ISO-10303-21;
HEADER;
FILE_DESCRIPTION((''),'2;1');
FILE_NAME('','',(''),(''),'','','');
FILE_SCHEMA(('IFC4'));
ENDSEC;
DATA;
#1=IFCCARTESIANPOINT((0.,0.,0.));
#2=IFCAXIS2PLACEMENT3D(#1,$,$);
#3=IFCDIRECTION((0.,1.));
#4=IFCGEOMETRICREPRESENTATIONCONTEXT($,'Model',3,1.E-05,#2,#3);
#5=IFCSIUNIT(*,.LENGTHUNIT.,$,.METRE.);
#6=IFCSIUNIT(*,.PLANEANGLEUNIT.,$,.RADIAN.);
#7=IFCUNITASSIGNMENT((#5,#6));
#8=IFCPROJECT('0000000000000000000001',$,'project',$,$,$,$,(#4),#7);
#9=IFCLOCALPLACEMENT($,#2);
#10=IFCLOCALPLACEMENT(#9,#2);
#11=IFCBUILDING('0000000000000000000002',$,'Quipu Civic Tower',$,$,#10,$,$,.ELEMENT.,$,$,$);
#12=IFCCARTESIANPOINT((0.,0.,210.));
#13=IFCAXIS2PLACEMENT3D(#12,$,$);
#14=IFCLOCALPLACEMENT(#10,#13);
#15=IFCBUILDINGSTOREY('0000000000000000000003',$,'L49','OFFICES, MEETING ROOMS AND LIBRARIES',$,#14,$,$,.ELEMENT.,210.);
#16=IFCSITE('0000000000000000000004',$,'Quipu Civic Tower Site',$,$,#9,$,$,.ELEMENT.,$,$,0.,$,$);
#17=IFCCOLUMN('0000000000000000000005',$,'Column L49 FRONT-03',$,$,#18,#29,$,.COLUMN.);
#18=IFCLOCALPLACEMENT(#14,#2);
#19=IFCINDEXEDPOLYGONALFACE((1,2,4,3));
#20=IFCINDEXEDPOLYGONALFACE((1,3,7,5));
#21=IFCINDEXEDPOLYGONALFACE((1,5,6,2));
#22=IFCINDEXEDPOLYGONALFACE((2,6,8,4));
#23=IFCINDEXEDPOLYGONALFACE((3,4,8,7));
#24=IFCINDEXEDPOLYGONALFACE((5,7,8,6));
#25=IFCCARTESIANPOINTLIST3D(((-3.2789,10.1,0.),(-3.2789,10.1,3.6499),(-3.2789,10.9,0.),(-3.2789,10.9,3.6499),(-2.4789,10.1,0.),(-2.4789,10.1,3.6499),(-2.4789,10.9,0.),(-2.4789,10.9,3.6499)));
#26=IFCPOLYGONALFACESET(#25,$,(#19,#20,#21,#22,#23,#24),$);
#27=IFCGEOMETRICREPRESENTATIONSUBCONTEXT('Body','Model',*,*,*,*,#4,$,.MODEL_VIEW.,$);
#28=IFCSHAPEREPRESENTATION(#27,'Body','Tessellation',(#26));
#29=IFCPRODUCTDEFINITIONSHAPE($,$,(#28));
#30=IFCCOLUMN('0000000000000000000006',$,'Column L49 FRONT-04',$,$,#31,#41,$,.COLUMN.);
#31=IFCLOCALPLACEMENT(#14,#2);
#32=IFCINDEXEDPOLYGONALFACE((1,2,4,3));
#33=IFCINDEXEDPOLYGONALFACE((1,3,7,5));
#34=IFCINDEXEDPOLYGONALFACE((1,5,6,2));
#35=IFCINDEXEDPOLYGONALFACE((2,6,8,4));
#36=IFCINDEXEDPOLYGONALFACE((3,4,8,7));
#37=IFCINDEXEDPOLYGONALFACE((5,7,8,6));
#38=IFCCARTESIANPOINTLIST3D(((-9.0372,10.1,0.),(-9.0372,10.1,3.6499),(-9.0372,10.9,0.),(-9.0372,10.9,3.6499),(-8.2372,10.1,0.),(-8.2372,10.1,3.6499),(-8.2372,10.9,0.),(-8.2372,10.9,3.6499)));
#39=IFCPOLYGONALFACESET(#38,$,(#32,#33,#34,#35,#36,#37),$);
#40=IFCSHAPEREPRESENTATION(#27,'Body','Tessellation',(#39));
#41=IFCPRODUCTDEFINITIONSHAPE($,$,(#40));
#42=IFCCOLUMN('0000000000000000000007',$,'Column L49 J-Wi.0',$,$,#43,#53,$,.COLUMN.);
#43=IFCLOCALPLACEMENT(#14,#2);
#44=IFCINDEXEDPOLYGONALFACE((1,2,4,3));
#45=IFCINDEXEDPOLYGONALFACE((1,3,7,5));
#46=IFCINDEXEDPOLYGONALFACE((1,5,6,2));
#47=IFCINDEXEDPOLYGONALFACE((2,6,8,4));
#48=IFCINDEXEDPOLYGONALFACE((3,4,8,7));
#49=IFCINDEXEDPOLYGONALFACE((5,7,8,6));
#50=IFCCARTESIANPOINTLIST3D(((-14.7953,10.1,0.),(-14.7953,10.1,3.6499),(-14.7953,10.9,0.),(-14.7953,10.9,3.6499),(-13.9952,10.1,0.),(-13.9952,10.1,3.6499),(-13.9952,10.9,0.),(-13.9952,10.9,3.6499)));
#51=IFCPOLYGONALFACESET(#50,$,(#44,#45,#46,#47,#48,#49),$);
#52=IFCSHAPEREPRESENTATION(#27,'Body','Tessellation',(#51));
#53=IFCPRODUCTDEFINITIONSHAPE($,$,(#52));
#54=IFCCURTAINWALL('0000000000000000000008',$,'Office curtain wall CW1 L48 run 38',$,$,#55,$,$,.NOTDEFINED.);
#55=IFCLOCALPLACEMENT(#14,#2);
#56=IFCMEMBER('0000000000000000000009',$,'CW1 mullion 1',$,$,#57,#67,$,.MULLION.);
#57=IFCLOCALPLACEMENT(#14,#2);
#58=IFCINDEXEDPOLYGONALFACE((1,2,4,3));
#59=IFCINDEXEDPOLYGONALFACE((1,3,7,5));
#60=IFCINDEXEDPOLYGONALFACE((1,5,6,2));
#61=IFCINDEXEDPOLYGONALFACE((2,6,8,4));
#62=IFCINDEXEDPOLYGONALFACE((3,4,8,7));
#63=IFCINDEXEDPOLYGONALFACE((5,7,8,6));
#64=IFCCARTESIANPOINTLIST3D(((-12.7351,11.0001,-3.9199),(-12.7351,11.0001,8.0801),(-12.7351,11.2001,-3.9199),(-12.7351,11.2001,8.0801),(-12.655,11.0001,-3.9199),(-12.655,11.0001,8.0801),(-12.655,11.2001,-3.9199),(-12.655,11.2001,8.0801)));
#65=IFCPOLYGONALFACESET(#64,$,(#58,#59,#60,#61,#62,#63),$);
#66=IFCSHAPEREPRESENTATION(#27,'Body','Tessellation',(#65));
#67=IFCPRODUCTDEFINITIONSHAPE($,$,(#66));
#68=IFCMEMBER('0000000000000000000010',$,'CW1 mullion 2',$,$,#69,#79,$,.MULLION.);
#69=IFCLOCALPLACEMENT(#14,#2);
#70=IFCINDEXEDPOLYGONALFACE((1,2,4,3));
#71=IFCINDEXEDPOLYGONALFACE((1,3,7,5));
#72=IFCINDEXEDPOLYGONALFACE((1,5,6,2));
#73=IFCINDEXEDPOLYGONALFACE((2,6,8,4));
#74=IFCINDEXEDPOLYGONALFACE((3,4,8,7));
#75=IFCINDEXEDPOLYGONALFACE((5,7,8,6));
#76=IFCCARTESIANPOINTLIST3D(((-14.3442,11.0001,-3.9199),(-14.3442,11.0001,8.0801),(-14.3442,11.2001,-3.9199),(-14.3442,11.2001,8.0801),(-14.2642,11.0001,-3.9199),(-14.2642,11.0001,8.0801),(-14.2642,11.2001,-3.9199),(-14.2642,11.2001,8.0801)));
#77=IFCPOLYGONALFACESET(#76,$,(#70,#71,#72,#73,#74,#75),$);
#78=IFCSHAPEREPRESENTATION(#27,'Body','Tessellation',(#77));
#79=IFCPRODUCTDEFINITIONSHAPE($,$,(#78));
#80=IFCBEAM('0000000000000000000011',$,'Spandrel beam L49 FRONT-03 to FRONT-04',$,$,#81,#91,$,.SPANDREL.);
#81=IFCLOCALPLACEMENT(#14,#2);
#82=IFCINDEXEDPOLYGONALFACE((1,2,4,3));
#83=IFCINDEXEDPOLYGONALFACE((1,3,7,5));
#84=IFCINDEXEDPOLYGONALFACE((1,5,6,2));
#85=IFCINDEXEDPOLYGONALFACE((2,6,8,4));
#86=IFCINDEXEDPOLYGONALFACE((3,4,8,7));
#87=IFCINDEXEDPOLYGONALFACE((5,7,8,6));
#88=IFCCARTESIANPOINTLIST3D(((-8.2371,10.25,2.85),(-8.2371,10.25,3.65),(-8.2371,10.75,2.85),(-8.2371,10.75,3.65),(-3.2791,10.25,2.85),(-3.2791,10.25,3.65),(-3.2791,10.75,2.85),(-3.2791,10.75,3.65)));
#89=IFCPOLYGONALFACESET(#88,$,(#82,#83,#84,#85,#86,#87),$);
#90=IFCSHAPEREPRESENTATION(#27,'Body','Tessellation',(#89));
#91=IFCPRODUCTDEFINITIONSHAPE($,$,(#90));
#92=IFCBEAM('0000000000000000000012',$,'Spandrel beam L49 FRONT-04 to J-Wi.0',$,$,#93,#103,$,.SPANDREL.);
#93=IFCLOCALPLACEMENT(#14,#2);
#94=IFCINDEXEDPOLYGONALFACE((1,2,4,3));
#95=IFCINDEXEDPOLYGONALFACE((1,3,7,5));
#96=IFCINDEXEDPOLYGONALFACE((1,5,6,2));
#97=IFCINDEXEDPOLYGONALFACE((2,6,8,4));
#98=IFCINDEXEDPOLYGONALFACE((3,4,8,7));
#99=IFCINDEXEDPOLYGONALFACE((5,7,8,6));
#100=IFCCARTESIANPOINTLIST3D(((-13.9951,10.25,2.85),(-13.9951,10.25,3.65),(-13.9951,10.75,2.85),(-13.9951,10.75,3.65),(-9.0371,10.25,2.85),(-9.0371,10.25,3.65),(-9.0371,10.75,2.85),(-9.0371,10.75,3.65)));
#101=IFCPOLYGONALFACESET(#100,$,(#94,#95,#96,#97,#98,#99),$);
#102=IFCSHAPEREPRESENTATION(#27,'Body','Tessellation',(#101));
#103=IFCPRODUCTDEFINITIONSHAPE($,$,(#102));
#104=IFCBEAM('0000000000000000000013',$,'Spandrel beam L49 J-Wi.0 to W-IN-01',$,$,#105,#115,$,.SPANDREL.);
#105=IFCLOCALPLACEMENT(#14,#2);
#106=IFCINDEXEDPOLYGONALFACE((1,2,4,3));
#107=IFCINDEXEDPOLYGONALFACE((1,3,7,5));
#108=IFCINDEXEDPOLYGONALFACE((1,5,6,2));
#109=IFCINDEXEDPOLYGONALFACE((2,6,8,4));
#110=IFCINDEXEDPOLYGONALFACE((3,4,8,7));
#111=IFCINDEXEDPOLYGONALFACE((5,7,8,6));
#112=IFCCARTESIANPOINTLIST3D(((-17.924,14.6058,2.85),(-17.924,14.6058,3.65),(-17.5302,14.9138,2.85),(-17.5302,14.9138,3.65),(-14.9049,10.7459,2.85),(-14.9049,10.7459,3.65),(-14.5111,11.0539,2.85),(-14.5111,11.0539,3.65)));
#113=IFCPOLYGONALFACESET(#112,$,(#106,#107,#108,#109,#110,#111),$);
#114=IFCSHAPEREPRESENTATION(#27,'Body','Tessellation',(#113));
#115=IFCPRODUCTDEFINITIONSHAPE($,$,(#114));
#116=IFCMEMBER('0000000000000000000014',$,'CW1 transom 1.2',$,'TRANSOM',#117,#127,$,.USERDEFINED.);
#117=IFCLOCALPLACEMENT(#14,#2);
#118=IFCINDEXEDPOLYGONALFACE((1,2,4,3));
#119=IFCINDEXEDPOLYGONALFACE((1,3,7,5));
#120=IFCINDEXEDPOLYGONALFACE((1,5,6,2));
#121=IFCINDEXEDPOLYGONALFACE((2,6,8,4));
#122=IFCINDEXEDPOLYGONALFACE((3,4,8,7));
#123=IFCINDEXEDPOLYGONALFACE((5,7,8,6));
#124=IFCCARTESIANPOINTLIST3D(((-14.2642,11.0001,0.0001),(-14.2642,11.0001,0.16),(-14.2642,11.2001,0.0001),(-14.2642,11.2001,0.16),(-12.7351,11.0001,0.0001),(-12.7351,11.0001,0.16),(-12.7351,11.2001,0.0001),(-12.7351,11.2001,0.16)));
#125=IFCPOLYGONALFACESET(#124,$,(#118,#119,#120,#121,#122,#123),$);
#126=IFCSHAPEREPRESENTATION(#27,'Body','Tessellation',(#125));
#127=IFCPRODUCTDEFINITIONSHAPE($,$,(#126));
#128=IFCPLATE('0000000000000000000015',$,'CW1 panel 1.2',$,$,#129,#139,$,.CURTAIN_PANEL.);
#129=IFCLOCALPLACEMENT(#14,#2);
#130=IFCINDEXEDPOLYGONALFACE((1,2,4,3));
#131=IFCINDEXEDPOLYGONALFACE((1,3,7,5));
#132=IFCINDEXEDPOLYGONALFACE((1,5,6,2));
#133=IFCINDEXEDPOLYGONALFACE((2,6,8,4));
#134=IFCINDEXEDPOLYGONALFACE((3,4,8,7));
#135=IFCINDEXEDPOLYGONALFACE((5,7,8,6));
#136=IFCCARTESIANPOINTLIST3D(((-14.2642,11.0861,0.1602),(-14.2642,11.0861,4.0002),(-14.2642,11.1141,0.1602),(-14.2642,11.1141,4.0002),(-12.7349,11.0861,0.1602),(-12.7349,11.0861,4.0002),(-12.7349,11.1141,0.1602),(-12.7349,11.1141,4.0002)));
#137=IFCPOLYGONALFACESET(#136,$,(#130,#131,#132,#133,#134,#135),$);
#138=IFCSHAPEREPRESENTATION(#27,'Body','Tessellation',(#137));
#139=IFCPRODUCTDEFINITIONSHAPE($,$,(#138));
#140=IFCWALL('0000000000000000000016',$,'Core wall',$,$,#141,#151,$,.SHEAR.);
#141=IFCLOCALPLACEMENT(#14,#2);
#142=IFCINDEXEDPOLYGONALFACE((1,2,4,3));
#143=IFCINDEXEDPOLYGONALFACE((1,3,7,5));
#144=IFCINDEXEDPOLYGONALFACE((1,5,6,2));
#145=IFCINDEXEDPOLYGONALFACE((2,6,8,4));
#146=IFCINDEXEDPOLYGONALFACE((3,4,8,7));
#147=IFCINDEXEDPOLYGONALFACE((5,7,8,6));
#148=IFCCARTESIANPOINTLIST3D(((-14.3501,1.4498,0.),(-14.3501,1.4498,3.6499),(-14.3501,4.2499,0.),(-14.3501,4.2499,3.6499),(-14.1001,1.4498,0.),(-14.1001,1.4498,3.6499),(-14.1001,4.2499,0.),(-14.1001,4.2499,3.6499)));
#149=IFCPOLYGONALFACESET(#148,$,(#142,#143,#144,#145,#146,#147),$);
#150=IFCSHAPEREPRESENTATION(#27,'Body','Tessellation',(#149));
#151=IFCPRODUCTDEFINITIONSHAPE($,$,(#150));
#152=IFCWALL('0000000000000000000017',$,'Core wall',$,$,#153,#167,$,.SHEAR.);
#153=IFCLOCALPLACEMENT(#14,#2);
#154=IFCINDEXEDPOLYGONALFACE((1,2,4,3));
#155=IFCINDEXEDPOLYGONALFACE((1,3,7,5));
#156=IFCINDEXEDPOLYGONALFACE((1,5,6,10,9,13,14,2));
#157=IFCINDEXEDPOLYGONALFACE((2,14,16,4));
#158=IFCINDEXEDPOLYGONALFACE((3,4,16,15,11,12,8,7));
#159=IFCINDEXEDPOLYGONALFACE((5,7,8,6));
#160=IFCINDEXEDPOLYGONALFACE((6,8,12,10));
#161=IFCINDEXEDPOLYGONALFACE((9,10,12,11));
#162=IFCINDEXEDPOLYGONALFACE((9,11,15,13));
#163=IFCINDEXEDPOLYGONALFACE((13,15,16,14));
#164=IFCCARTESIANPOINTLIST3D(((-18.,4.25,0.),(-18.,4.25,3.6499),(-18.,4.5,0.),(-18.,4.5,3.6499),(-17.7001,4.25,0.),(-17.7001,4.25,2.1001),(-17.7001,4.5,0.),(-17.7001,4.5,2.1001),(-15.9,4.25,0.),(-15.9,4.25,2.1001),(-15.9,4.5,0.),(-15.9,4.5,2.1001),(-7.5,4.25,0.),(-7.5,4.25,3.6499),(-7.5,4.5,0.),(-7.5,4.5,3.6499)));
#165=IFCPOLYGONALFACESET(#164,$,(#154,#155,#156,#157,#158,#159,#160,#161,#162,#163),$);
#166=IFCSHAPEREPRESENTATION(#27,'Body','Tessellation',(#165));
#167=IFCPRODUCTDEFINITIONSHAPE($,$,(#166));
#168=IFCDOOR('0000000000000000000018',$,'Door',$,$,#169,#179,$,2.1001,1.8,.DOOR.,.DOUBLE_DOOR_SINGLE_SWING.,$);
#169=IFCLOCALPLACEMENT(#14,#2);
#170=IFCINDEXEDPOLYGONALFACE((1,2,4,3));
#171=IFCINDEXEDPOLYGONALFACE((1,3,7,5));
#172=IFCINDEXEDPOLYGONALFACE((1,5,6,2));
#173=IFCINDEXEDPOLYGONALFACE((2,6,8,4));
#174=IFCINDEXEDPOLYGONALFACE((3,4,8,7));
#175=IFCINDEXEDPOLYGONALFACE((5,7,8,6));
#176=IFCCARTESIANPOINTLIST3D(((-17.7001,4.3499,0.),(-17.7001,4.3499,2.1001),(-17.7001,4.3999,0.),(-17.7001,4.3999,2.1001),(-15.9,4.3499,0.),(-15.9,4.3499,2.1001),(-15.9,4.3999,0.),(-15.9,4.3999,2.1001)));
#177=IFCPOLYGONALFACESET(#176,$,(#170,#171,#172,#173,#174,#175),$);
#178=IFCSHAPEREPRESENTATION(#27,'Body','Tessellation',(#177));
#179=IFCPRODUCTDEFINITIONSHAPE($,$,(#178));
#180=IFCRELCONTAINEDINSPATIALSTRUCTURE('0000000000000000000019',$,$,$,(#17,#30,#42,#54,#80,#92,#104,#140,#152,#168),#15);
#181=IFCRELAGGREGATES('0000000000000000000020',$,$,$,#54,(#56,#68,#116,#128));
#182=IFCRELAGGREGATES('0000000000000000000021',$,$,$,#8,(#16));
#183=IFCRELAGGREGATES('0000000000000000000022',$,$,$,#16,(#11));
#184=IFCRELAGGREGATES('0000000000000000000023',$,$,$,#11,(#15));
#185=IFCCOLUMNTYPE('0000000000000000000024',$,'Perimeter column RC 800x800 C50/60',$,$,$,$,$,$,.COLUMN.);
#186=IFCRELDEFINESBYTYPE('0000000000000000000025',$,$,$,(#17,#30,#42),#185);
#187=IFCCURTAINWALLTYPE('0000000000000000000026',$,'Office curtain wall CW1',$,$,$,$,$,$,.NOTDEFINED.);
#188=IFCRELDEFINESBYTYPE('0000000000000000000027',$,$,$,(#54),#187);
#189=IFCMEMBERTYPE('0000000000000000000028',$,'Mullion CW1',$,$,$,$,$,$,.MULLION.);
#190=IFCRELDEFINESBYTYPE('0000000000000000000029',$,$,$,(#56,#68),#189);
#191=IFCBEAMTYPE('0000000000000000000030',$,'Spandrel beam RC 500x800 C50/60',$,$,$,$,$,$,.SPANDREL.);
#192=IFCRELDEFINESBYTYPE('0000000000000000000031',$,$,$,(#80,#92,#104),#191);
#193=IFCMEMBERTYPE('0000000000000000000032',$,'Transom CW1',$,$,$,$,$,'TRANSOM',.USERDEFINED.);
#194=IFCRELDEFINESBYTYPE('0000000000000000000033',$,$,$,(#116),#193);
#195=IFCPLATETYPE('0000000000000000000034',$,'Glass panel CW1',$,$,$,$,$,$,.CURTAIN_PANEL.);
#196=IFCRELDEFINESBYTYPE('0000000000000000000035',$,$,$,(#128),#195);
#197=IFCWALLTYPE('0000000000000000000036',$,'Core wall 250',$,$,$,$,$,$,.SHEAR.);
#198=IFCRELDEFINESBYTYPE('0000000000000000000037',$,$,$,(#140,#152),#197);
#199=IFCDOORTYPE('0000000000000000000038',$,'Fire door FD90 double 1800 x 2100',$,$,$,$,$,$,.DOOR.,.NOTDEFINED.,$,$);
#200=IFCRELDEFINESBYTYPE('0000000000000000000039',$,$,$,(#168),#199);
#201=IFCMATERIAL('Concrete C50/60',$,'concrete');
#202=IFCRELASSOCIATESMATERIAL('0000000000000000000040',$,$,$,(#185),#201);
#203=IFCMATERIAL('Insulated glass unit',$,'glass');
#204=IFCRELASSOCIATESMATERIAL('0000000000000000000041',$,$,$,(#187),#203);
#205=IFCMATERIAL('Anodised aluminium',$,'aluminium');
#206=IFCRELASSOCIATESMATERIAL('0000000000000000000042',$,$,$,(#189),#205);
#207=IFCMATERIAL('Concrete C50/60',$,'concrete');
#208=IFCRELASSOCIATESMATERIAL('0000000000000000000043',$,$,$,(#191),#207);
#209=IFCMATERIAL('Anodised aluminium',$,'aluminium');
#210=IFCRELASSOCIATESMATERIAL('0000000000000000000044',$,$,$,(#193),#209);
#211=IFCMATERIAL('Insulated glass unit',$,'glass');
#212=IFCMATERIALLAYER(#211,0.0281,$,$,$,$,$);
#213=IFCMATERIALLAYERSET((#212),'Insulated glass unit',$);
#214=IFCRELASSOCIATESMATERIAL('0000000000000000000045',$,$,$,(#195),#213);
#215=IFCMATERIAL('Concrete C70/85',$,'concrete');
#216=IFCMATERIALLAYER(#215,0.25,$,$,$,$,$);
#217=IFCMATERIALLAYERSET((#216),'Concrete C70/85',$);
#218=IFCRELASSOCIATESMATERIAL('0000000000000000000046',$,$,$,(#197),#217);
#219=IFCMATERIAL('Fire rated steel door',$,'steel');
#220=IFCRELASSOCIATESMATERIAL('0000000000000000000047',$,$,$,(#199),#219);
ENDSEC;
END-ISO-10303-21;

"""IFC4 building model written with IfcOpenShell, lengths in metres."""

from ifc_helpers import new_model, si_unit, direction, frame, frame_2d, origin, origin_2d, place, context, subcontext, project, spatial, rectangle, extrude, material, layer, layer_set, material_profile, profile_set, type_object, element, fill, aggregate, save


model = new_model("IFC4")

# Units and contexts
model_context = context("Model", 3, precision=1e-05, world=origin(), true_north=direction((0.0, 1.0)))
body_context = subcontext(model_context, "Body", "Model", "MODEL_VIEW")
ifc_project = project(units=[si_unit("LENGTHUNIT", "METRE"), si_unit("PLANEANGLEUNIT", "RADIAN")], contexts=[model_context])

# Site, building, storey
site_placement = place(None, origin())
site = spatial("IfcSite", under=ifc_project, at=site_placement, Name="Quipu Civic Tower Site", CompositionType="ELEMENT", RefElevation=0.0)
building_placement = place(site_placement, origin())
building = spatial("IfcBuilding", under=site, at=building_placement, Name="Quipu Civic Tower", CompositionType="ELEMENT")
storey_placement = place(building_placement, frame((0.0, 0.0, 210.0)))
storey = spatial("IfcBuildingStorey", under=building, at=storey_placement, Name="L49", Description="OFFICES, MEETING ROOMS AND LIBRARIES", CompositionType="ELEMENT", Elevation=210.0)

# Columns
ifc_material_1 = material(Name="Concrete C50/60", Category="concrete")
ifc_material_profile_1 = material_profile(ifc_material_1, rectangle(XDim=0.8, YDim=0.8, at=origin_2d()), Name="RC800x800")
ifc_profile_set_1 = profile_set([ifc_material_profile_1], Name="Concrete C50/60")
column_type = type_object("IfcColumnType", Name="Perimeter column RC 800x800 C50/60", PredefinedType="COLUMN", material=ifc_profile_set_1)
for number, where, z_axis, x_axis, name in (
    (1, (-2.8789, 10.5, 0.0), (0.0, 0.0, 1.0), (-1.0, 0.0, 0.0), "Column L49 FRONT-03"),
    (2, (-8.6372, 10.5, 0.0), (0.0, 0.0, 1.0), (-1.0, 0.0, 0.0), "Column L49 FRONT-04"),
    (3, (-14.3953, 10.5, 0.0), (0.0, 0.0, 1.0), (-1.0, 0.0, 0.0), "Column L49 J-Wi.0"),
):
    element("IfcColumn", number, at=place(storey_placement, frame(where, z_axis=z_axis, x_axis=x_axis)), inside=storey, type_object=column_type, Name=name, PredefinedType="COLUMN", context=body_context, shape_type="SweptSolid", body=[
        extrude(rectangle(XDim=0.8, YDim=0.8, at=origin_2d()), origin(), (0.0, 0.0, 1.0), 3.6499),
    ])

# Curtain wall, members
ifc_material_2 = material(Name="Insulated glass unit", Category="glass")
curtain_wall_type = type_object("IfcCurtainWallType", Name="Office curtain wall CW1", PredefinedType="NOTDEFINED", material=ifc_material_2)
curtain_wall_placement = place(storey_placement, origin())
curtain_wall = element("IfcCurtainWall", 4, at=curtain_wall_placement, inside=storey, type_object=curtain_wall_type, Name="Office curtain wall CW1 L48 run 38", PredefinedType="NOTDEFINED")
ifc_material_3 = material(Name="Anodised aluminium", Category="aluminium")
ifc_material_profile_2 = material_profile(ifc_material_3, rectangle(XDim=0.2, YDim=0.0801, at=origin_2d()), Name="RECT 200x80")
ifc_profile_set_2 = profile_set([ifc_material_profile_2], Name="Anodised aluminium")
member_type_1 = type_object("IfcMemberType", Name="Mullion CW1", PredefinedType="MULLION", material=ifc_profile_set_2)
member_1_placement = place(storey_placement, frame((-12.6951, 11.1001, -3.9199), z_axis=(0.0, 0.0, 1.0), x_axis=(0.0, -1.0, 0.0)))
member_1 = element("IfcMember", 5, at=member_1_placement, type_object=member_type_1, Name="CW1 mullion 1", PredefinedType="MULLION", context=body_context, shape_type="SweptSolid", body=[
    extrude(rectangle(XDim=0.2, YDim=0.0801, at=origin_2d()), origin(), (0.0, 0.0, 1.0), 12.0),
])
member_2_placement = place(storey_placement, frame((-14.3042, 11.1001, -3.9199), z_axis=(0.0, 0.0, 1.0), x_axis=(0.0, -1.0, 0.0)))
member_2 = element("IfcMember", 6, at=member_2_placement, type_object=member_type_1, Name="CW1 mullion 2", PredefinedType="MULLION", context=body_context, shape_type="SweptSolid", body=[
    extrude(rectangle(XDim=0.2, YDim=0.0801, at=origin_2d()), origin(), (0.0, 0.0, 1.0), 12.0),
])

# Beams
ifc_material_4 = material(Name="Concrete C50/60", Category="concrete")
ifc_material_profile_3 = material_profile(ifc_material_4, rectangle(XDim=0.5, YDim=0.8, at=origin_2d()), Name="RC500x800")
ifc_profile_set_3 = profile_set([ifc_material_profile_3], Name="Concrete C50/60")
beam_type = type_object("IfcBeamType", Name="Spandrel beam RC 500x800 C50/60", PredefinedType="SPANDREL", material=ifc_profile_set_3)
for number, where, z_axis, x_axis, name in (
    (7, (-3.2791, 10.5, 3.25), (-1.0, 0.0, 0.0), (0.0, -1.0, 0.0), "Spandrel beam L49 FRONT-03 to FRONT-04"),
    (8, (-9.0371, 10.5, 3.25), (-1.0, 0.0, 0.0), (0.0, -1.0, 0.0), "Spandrel beam L49 FRONT-04 to J-Wi.0"),
):
    element("IfcBeam", number, at=place(storey_placement, frame(where, z_axis=z_axis, x_axis=x_axis)), inside=storey, type_object=beam_type, Name=name, PredefinedType="SPANDREL", context=body_context, shape_type="SweptSolid", body=[
        extrude(rectangle(XDim=0.5, YDim=0.8, at=origin_2d()), origin(), (0.0, 0.0, 1.0), 4.958),
    ])
beam_placement = place(storey_placement, frame((-14.708, 10.8999, 3.25), z_axis=(-0.616091, 0.787675, 0.0), x_axis=(-0.787675, -0.616091, 0.0)))
element("IfcBeam", 9, at=beam_placement, inside=storey, type_object=beam_type, Name="Spandrel beam L49 J-Wi.0 to W-IN-01", PredefinedType="SPANDREL", context=body_context, shape_type="SweptSolid", body=[
    extrude(rectangle(XDim=0.5, YDim=0.8, at=origin_2d()), origin(), (0.0, 0.0, 1.0), 4.9004),
])

# Member
ifc_material_5 = material(Name="Anodised aluminium", Category="aluminium")
ifc_material_profile_4 = material_profile(ifc_material_5, rectangle(XDim=0.2, YDim=0.1599, at=origin_2d()), Name="RECT 200x160")
ifc_profile_set_4 = profile_set([ifc_material_profile_4], Name="Anodised aluminium")
member_type_2 = type_object("IfcMemberType", Name="Transom CW1", ElementType="TRANSOM", PredefinedType="USERDEFINED", material=ifc_profile_set_4)
member_3_placement = place(storey_placement, frame((-12.7351, 11.1001, 0.0801), z_axis=(-1.0, 0.0, 0.0), x_axis=(0.0, -1.0, 0.0)))
member_3 = element("IfcMember", 10, at=member_3_placement, type_object=member_type_2, Name="CW1 transom 1.2", ObjectType="TRANSOM", PredefinedType="USERDEFINED", context=body_context, shape_type="SweptSolid", body=[
    extrude(rectangle(XDim=0.2, YDim=0.1599, at=origin_2d()), origin(), (0.0, 0.0, 1.0), 1.5291),
])

# Plate
ifc_material_6 = material(Name="Insulated glass unit", Category="glass")
ifc_layer_1 = layer(ifc_material_6, 0.0281)
ifc_layer_set_1 = layer_set([ifc_layer_1], Name="Insulated glass unit")
plate_type = type_object("IfcPlateType", Name="Glass panel CW1", PredefinedType="CURTAIN_PANEL", material=ifc_layer_set_1)
plate_placement = place(storey_placement, frame((-13.4995, 11.1001, 0.1602), z_axis=(0.0, 0.0, 1.0), x_axis=(-1.0, 0.0, 0.0)))
plate = element("IfcPlate", 11, at=plate_placement, type_object=plate_type, Name="CW1 panel 1.2", PredefinedType="CURTAIN_PANEL", context=body_context, shape_type="SweptSolid", body=[
    extrude(rectangle(XDim=1.5293, YDim=0.0281, at=origin_2d()), origin(), (0.0, 0.0, 1.0), 3.8401),
])
aggregate(curtain_wall, [member_1, member_2, member_3, plate])

# Wall
ifc_material_7 = material(Name="Concrete C70/85", Category="concrete")
ifc_layer_2 = layer(ifc_material_7, 0.25)
ifc_layer_set_2 = layer_set([ifc_layer_2], Name="Concrete C70/85")
wall_type_1 = type_object("IfcWallType", Name="Core wall 250", PredefinedType="SHEAR", material=ifc_layer_set_2)
wall_1_placement = place(storey_placement, frame((-14.2251, 1.45, 0.0), z_axis=(0.0, 0.0, 1.0), x_axis=(0.0, 1.0, 0.0)))
element("IfcWall", 12, at=wall_1_placement, inside=storey, type_object=wall_type_1, Name="Core wall", PredefinedType="SHEAR", context=body_context, shape_type="SweptSolid", body=[
    extrude(rectangle(XDim=2.8, YDim=0.25, at=frame_2d((1.3999, 0.0))), origin(), (0.0, 0.0, 1.0), 3.6499),
])

# Wall, opening, door
wall_2_placement = place(storey_placement, frame((-18.0, 4.375, 0.0), z_axis=(0.0, 0.0, 1.0), x_axis=(1.0, 0.0, 0.0)))
wall_2 = element("IfcWall", 13, at=wall_2_placement, inside=storey, type_object=wall_type_1, Name="Core wall", PredefinedType="SHEAR", context=body_context, shape_type="SweptSolid", body=[
    extrude(rectangle(XDim=10.5, YDim=0.25, at=frame_2d((5.25, 0.0))), origin(), (0.0, 0.0, 1.0), 3.6499),
])
opening_1_placement = place(wall_2_placement, frame((0.3, 0.0, 0.0)))
opening_1 = element("IfcOpeningElement", 14, at=opening_1_placement, cuts=wall_2, PredefinedType="OPENING", context=body_context, shape_type="SweptSolid", body=[
    extrude(rectangle(XDim=1.8, YDim=2.1001, at=frame_2d((0.8999, 1.05))), frame((0.0, 0.135, 0.0), z_axis=(0.0, -1.0, 0.0), x_axis=(1.0, 0.0, 0.0)), (0.0, 0.0, 1.0), 0.27),
])
ifc_material_8 = material(Name="Fire rated steel door", Category="steel")
door_type_1 = type_object("IfcDoorType", Name="Fire door FD90 double 1800 x 2100", OperationType="NOTDEFINED", PredefinedType="DOOR", material=ifc_material_8)
door_1_placement = place(opening_1_placement, origin())
door_1 = element("IfcDoor", 15, at=door_1_placement, inside=storey, type_object=door_type_1, Name="Door", OperationType="DOUBLE_DOOR_SINGLE_SWING", OverallHeight=2.1001, OverallWidth=1.8, PredefinedType="DOOR", context=body_context, shape_type="SweptSolid", body=[
    extrude(rectangle(XDim=1.8, YDim=2.1001, at=frame_2d((0.8999, 1.05))), frame((0.0, 0.0249, 0.0), z_axis=(0.0, -1.0, 0.0), x_axis=(1.0, 0.0, 0.0)), (0.0, 0.0, 1.0), 0.05),
])
fill(opening_1, door_1)

save(model, "model.ifc")
